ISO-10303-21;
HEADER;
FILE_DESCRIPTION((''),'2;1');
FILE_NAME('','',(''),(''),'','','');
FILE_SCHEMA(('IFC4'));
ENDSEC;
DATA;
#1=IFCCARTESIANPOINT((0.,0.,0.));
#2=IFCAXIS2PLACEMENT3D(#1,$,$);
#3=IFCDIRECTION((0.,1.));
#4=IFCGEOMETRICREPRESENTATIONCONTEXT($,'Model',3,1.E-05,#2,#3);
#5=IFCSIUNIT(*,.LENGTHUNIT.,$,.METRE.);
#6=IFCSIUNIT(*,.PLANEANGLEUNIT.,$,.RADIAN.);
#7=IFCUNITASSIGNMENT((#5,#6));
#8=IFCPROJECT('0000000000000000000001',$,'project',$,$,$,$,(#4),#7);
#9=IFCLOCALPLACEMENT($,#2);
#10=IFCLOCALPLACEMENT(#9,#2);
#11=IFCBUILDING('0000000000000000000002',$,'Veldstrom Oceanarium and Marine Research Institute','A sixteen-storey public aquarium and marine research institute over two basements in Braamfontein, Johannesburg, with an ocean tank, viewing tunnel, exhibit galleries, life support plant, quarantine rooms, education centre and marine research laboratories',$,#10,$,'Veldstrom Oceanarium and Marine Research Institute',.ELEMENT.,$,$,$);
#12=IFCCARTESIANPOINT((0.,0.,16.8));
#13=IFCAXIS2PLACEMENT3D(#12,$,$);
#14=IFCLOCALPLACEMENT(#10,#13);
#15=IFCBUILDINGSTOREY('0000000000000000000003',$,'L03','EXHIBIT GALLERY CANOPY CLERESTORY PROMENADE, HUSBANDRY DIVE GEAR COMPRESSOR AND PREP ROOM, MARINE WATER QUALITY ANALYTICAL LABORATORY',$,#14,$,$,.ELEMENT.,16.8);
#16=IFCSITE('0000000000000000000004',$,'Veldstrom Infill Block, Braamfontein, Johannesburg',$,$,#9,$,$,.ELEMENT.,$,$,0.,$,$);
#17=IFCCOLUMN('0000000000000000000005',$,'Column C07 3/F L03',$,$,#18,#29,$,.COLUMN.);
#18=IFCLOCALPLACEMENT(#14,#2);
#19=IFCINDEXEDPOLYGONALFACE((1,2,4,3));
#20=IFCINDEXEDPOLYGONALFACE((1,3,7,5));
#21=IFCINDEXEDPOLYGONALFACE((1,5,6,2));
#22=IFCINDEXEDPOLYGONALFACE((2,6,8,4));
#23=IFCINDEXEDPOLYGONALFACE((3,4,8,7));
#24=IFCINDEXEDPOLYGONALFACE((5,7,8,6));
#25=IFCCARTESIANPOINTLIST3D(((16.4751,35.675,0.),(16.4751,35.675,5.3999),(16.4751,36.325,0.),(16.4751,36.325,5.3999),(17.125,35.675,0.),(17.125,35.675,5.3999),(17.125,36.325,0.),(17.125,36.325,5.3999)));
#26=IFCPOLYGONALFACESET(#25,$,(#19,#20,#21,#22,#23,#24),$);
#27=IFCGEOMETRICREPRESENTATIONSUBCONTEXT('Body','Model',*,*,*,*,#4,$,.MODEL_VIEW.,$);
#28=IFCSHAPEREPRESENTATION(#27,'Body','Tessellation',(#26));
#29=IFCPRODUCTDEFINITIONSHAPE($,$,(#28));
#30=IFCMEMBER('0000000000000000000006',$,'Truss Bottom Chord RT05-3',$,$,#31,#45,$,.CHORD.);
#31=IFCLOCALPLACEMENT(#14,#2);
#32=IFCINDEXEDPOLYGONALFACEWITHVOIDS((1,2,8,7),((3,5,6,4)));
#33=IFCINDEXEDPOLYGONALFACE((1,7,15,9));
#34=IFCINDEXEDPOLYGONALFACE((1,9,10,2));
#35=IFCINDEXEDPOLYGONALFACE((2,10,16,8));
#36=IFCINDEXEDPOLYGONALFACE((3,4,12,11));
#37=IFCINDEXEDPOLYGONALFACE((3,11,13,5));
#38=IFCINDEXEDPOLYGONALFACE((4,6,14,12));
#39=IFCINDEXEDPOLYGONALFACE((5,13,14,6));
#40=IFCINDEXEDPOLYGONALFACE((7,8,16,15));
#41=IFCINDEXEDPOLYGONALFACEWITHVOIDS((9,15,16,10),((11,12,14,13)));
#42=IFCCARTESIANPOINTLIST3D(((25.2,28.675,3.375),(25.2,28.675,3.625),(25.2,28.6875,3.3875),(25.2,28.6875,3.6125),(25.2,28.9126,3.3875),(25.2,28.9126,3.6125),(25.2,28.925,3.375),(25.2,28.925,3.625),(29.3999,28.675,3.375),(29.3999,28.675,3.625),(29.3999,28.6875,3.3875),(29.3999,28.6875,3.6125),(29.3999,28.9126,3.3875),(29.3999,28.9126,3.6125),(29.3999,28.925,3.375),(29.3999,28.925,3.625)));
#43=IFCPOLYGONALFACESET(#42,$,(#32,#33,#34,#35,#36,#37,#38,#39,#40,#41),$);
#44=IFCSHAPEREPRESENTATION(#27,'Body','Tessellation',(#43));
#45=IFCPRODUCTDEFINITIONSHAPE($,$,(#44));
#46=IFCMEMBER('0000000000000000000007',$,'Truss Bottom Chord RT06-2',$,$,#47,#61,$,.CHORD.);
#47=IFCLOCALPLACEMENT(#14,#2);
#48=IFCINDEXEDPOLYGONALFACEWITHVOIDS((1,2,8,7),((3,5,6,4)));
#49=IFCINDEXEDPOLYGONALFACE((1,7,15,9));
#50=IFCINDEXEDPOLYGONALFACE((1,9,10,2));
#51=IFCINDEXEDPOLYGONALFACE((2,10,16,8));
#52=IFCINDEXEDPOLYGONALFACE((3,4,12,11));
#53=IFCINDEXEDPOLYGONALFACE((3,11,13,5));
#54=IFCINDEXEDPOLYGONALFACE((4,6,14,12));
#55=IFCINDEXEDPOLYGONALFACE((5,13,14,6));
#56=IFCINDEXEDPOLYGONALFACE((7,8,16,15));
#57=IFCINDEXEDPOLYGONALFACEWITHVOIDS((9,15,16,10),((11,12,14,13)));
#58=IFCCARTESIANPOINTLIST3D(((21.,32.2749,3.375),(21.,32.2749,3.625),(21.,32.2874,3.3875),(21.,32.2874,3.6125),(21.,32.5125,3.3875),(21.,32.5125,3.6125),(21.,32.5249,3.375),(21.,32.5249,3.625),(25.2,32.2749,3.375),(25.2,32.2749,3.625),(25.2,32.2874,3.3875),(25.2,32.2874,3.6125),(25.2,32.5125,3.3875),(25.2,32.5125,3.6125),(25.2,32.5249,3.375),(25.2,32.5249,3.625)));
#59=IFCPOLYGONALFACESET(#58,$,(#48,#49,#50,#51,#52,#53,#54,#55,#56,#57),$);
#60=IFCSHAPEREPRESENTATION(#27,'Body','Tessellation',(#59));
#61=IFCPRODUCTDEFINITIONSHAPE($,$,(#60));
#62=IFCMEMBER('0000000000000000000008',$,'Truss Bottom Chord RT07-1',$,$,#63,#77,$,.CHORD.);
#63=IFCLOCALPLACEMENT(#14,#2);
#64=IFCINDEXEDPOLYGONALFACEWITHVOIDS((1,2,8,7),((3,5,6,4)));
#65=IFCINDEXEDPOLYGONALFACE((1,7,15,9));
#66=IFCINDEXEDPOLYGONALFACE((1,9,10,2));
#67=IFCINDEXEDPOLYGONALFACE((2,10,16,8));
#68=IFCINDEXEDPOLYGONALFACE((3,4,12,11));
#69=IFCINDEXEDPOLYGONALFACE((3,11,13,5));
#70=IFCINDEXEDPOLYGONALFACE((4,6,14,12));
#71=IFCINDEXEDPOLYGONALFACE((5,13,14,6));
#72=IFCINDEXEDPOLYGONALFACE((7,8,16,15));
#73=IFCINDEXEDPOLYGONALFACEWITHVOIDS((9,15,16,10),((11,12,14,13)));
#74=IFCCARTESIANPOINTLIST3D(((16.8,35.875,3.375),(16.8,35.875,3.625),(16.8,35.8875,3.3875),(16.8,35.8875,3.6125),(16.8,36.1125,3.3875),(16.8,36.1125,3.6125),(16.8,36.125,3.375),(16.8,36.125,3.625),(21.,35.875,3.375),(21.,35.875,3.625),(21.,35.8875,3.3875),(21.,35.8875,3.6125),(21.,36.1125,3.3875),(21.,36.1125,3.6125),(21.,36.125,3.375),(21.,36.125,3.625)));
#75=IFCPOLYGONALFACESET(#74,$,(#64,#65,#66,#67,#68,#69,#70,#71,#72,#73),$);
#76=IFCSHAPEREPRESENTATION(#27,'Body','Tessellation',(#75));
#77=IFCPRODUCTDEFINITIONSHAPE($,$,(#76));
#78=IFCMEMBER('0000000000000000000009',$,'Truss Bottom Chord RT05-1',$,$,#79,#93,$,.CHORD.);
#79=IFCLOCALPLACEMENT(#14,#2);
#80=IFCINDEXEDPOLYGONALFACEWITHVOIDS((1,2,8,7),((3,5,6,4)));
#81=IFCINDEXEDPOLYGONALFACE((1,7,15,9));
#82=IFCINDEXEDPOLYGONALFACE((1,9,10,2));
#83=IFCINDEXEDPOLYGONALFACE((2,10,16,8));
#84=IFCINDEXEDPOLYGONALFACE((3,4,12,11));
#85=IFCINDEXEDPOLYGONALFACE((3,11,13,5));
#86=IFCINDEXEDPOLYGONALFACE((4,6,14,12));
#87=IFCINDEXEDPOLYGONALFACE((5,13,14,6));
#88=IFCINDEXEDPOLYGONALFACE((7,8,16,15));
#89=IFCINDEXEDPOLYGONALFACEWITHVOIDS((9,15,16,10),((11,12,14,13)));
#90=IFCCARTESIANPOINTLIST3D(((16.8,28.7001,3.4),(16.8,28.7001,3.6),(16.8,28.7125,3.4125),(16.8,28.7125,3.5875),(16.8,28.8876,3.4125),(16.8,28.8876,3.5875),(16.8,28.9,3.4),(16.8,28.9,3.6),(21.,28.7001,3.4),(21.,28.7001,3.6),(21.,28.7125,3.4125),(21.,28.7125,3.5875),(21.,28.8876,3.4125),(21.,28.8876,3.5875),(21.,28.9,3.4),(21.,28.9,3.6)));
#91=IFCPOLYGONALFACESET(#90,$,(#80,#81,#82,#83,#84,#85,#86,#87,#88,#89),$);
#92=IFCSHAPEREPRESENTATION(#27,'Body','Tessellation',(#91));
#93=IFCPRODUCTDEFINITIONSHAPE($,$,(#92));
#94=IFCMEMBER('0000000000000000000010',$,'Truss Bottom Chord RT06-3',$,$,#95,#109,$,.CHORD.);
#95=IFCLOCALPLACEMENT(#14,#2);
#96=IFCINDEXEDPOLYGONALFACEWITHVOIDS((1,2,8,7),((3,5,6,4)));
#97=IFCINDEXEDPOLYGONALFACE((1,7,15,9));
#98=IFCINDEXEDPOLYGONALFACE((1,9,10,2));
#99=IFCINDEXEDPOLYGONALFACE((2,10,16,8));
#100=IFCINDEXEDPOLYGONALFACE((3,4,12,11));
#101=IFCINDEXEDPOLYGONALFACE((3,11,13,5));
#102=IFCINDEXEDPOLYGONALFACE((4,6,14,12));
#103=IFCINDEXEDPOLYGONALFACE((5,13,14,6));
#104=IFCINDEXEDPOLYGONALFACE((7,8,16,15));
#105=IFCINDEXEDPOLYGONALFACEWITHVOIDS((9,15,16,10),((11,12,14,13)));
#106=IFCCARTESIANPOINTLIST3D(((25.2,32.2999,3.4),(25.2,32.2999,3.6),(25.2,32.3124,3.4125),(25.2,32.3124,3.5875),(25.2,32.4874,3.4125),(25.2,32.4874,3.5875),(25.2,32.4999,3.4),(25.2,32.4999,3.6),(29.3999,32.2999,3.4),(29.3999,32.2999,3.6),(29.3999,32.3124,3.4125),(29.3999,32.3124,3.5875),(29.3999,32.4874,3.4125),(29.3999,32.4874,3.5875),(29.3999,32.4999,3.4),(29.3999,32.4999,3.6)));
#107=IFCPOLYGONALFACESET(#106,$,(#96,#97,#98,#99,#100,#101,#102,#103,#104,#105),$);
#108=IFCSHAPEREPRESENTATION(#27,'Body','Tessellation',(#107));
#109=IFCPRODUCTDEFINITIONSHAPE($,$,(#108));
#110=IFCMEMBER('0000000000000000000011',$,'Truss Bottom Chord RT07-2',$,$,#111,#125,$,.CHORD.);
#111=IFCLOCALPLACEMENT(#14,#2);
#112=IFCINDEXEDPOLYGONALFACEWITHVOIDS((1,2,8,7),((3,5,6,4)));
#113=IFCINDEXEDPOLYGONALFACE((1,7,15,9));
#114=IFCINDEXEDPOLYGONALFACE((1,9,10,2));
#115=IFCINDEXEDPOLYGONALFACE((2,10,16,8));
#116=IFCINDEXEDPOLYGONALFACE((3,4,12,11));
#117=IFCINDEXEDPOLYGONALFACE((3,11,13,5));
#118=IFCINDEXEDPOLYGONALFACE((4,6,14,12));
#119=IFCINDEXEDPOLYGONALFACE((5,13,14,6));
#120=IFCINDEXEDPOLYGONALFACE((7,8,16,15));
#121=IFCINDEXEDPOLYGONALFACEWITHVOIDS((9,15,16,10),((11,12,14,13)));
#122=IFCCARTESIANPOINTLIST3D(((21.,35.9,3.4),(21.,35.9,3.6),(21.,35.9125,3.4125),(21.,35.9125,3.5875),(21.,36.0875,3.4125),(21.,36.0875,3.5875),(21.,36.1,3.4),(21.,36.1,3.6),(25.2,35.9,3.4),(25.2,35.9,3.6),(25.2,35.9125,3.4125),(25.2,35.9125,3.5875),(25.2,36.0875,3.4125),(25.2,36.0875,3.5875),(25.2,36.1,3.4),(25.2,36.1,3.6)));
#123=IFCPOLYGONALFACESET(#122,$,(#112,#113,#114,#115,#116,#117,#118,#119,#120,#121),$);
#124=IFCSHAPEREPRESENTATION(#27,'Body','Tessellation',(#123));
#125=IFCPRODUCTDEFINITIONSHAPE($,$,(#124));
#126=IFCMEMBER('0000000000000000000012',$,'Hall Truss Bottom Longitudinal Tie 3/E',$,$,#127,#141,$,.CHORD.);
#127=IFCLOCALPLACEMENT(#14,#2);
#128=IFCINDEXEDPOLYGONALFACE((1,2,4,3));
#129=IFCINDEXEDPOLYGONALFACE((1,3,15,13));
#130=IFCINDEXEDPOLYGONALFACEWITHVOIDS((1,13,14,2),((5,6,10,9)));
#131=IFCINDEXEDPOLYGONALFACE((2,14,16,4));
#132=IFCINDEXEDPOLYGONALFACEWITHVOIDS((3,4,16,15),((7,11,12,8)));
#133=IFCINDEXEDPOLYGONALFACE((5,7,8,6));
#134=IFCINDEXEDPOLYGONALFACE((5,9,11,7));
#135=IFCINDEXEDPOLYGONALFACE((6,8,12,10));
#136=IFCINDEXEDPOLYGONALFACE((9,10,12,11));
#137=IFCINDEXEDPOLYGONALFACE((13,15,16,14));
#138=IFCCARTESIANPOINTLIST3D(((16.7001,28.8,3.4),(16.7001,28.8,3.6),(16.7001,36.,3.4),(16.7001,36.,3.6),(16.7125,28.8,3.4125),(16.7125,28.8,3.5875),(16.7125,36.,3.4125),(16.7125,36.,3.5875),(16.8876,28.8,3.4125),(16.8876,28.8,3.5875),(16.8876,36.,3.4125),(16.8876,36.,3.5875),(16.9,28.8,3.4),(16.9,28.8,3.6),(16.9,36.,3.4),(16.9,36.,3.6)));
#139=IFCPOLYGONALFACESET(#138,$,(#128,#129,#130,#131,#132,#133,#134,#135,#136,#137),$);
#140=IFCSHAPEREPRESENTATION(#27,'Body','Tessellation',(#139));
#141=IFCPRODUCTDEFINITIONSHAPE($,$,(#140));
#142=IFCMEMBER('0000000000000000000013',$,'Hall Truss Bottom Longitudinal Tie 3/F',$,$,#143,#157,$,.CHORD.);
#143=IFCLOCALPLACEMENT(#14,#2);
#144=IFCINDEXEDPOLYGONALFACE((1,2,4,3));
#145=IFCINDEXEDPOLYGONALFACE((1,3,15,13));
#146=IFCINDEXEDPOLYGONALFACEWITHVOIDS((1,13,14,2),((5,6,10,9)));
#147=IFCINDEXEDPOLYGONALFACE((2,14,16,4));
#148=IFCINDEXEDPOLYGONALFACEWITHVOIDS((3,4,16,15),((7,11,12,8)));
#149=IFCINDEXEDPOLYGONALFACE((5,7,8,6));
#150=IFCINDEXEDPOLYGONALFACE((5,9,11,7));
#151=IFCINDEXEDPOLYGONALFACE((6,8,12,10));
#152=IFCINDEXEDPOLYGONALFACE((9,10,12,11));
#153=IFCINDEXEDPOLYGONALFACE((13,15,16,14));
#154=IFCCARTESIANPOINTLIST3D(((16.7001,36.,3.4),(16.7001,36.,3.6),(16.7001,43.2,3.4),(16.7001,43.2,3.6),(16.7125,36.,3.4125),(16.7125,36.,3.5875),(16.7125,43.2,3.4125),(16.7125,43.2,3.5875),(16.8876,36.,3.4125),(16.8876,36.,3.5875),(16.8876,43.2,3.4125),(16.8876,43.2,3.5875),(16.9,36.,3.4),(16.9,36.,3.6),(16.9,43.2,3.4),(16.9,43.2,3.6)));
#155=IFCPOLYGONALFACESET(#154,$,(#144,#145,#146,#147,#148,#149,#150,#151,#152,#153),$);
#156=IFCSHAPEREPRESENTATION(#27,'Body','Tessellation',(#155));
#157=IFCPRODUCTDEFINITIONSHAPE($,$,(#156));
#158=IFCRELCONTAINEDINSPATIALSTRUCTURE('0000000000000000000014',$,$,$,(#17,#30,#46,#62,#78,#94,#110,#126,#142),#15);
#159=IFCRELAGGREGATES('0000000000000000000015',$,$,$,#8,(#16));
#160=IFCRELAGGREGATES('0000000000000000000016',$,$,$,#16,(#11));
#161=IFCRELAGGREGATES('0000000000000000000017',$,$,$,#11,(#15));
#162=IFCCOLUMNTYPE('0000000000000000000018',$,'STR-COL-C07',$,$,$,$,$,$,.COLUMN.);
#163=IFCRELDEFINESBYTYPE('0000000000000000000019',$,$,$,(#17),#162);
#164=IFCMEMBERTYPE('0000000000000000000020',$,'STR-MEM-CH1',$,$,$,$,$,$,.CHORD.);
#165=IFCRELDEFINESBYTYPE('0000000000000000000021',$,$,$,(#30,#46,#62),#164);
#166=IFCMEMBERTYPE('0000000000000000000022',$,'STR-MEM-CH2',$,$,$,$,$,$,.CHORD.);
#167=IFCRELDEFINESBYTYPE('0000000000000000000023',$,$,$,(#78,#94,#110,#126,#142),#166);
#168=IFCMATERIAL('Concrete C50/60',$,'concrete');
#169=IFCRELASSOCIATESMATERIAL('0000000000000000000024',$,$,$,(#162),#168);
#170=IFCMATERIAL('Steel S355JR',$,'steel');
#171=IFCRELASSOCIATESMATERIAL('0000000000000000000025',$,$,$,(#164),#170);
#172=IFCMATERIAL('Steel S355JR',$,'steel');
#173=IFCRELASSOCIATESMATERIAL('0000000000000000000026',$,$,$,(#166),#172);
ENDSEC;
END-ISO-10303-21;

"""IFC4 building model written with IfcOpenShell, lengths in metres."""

from ifc_helpers import new_model, si_unit, direction, frame, origin, origin_2d, place, context, subcontext, project, spatial, rectangle, hollow_rectangle, extrude, material, material_profile, profile_set, type_object, element, save


model = new_model("IFC4")

# Units and contexts
model_context = context("Model", 3, precision=1e-05, world=origin(), true_north=direction((0.0, 1.0)))
body_context = subcontext(model_context, "Body", "Model", "MODEL_VIEW")
ifc_project = project(units=[si_unit("LENGTHUNIT", "METRE"), si_unit("PLANEANGLEUNIT", "RADIAN")], contexts=[model_context])

# Site, building, storey
site_placement = place(None, origin())
site = spatial("IfcSite", under=ifc_project, at=site_placement, Name="Veldstrom Infill Block, Braamfontein, Johannesburg", CompositionType="ELEMENT", RefElevation=0.0)
building_placement = place(site_placement, origin())
building = spatial("IfcBuilding", under=site, at=building_placement, Name="Veldstrom Oceanarium and Marine Research Institute", Description="A sixteen-storey public aquarium and marine research institute over two basements in Braamfontein, Johannesburg, with an ocean tank, viewing tunnel, exhibit galleries, life support plant, quarantine rooms, education centre and marine research laboratories", LongName="Veldstrom Oceanarium and Marine Research Institute", CompositionType="ELEMENT")
storey_placement = place(building_placement, frame((0.0, 0.0, 16.8)))
storey = spatial("IfcBuildingStorey", under=building, at=storey_placement, Name="L03", Description="EXHIBIT GALLERY CANOPY CLERESTORY PROMENADE, HUSBANDRY DIVE GEAR COMPRESSOR AND PREP ROOM, MARINE WATER QUALITY ANALYTICAL LABORATORY", CompositionType="ELEMENT", Elevation=16.8)

# Column
ifc_material_1 = material(Name="Concrete C50/60", Category="concrete")
ifc_material_profile_1 = material_profile(ifc_material_1, rectangle(XDim=0.6499, YDim=0.6499, at=origin_2d()), Name="RC-COL-650x650")
ifc_profile_set_1 = profile_set([ifc_material_profile_1], Name="Concrete C50/60")
column_type = type_object("IfcColumnType", Name="STR-COL-C07", PredefinedType="COLUMN", material=ifc_profile_set_1)
column_placement = place(storey_placement, frame((16.8, 36.0, 0.0), z_axis=(0.0, 0.0, 1.0), x_axis=(1.0, 0.0, 0.0)))
element("IfcColumn", 1, at=column_placement, inside=storey, type_object=column_type, Name="Column C07 3/F L03", PredefinedType="COLUMN", context=body_context, shape_type="SweptSolid", body=[
    extrude(rectangle(XDim=0.6499, YDim=0.6499, at=origin_2d()), origin(), (0.0, 0.0, 1.0), 5.3999),
])

# Members
ifc_material_2 = material(Name="Steel S355JR", Category="steel")
ifc_material_profile_2 = material_profile(ifc_material_2, hollow_rectangle(XDim=0.25, YDim=0.25, WallThickness=0.0125, at=origin_2d()), Name="SHS 250x250x12.5")
ifc_profile_set_2 = profile_set([ifc_material_profile_2], Name="Steel S355JR")
member_type_1 = type_object("IfcMemberType", Name="STR-MEM-CH1", PredefinedType="CHORD", material=ifc_profile_set_2)
for number, where, z_axis, x_axis, name in (
    (2, (25.2, 28.8, 3.5), (1.0, 0.0, 0.0), (0.0, 1.0, 0.0), "Truss Bottom Chord RT05-3"),
    (3, (21.0, 32.3999, 3.5), (1.0, 0.0, 0.0), (0.0, 1.0, 0.0), "Truss Bottom Chord RT06-2"),
    (4, (16.8, 36.0, 3.5), (1.0, 0.0, 0.0), (0.0, 1.0, 0.0), "Truss Bottom Chord RT07-1"),
):
    element("IfcMember", number, at=place(storey_placement, frame(where, z_axis=z_axis, x_axis=x_axis)), inside=storey, type_object=member_type_1, Name=name, PredefinedType="CHORD", context=body_context, shape_type="SweptSolid", body=[
        extrude(hollow_rectangle(XDim=0.25, YDim=0.25, WallThickness=0.0125, at=origin_2d()), origin(), (0.0, 0.0, 1.0), 4.2),
    ])
ifc_material_3 = material(Name="Steel S355JR", Category="steel")
ifc_material_profile_3 = material_profile(ifc_material_3, hollow_rectangle(XDim=0.2, YDim=0.2, WallThickness=0.0125, at=origin_2d()), Name="SHS 200x200x12.5")
ifc_profile_set_3 = profile_set([ifc_material_profile_3], Name="Steel S355JR")
member_type_2 = type_object("IfcMemberType", Name="STR-MEM-CH2", PredefinedType="CHORD", material=ifc_profile_set_3)
for number, where, z_axis, x_axis, name in (
    (5, (16.8, 28.8, 3.5), (1.0, 0.0, 0.0), (0.0, 1.0, 0.0), "Truss Bottom Chord RT05-1"),
    (6, (25.2, 32.3999, 3.5), (1.0, 0.0, 0.0), (0.0, 1.0, 0.0), "Truss Bottom Chord RT06-3"),
    (7, (21.0, 36.0, 3.5), (1.0, 0.0, 0.0), (0.0, 1.0, 0.0), "Truss Bottom Chord RT07-2"),
):
    element("IfcMember", number, at=place(storey_placement, frame(where, z_axis=z_axis, x_axis=x_axis)), inside=storey, type_object=member_type_2, Name=name, PredefinedType="CHORD", context=body_context, shape_type="SweptSolid", body=[
        extrude(hollow_rectangle(XDim=0.2, YDim=0.2, WallThickness=0.0125, at=origin_2d()), origin(), (0.0, 0.0, 1.0), 4.2),
    ])
for number, where, z_axis, x_axis, name in (
    (8, (16.8, 28.8, 3.5), (0.0, 1.0, 0.0), (-1.0, 0.0, 0.0), "Hall Truss Bottom Longitudinal Tie 3/E"),
    (9, (16.8, 36.0, 3.5), (0.0, 1.0, 0.0), (-1.0, 0.0, 0.0), "Hall Truss Bottom Longitudinal Tie 3/F"),
):
    element("IfcMember", number, at=place(storey_placement, frame(where, z_axis=z_axis, x_axis=x_axis)), inside=storey, type_object=member_type_2, Name=name, PredefinedType="CHORD", context=body_context, shape_type="SweptSolid", body=[
        extrude(hollow_rectangle(XDim=0.2, YDim=0.2, WallThickness=0.0125, at=origin_2d()), origin(), (0.0, 0.0, 1.0), 7.2),
    ])

save(model, "model.ifc")
